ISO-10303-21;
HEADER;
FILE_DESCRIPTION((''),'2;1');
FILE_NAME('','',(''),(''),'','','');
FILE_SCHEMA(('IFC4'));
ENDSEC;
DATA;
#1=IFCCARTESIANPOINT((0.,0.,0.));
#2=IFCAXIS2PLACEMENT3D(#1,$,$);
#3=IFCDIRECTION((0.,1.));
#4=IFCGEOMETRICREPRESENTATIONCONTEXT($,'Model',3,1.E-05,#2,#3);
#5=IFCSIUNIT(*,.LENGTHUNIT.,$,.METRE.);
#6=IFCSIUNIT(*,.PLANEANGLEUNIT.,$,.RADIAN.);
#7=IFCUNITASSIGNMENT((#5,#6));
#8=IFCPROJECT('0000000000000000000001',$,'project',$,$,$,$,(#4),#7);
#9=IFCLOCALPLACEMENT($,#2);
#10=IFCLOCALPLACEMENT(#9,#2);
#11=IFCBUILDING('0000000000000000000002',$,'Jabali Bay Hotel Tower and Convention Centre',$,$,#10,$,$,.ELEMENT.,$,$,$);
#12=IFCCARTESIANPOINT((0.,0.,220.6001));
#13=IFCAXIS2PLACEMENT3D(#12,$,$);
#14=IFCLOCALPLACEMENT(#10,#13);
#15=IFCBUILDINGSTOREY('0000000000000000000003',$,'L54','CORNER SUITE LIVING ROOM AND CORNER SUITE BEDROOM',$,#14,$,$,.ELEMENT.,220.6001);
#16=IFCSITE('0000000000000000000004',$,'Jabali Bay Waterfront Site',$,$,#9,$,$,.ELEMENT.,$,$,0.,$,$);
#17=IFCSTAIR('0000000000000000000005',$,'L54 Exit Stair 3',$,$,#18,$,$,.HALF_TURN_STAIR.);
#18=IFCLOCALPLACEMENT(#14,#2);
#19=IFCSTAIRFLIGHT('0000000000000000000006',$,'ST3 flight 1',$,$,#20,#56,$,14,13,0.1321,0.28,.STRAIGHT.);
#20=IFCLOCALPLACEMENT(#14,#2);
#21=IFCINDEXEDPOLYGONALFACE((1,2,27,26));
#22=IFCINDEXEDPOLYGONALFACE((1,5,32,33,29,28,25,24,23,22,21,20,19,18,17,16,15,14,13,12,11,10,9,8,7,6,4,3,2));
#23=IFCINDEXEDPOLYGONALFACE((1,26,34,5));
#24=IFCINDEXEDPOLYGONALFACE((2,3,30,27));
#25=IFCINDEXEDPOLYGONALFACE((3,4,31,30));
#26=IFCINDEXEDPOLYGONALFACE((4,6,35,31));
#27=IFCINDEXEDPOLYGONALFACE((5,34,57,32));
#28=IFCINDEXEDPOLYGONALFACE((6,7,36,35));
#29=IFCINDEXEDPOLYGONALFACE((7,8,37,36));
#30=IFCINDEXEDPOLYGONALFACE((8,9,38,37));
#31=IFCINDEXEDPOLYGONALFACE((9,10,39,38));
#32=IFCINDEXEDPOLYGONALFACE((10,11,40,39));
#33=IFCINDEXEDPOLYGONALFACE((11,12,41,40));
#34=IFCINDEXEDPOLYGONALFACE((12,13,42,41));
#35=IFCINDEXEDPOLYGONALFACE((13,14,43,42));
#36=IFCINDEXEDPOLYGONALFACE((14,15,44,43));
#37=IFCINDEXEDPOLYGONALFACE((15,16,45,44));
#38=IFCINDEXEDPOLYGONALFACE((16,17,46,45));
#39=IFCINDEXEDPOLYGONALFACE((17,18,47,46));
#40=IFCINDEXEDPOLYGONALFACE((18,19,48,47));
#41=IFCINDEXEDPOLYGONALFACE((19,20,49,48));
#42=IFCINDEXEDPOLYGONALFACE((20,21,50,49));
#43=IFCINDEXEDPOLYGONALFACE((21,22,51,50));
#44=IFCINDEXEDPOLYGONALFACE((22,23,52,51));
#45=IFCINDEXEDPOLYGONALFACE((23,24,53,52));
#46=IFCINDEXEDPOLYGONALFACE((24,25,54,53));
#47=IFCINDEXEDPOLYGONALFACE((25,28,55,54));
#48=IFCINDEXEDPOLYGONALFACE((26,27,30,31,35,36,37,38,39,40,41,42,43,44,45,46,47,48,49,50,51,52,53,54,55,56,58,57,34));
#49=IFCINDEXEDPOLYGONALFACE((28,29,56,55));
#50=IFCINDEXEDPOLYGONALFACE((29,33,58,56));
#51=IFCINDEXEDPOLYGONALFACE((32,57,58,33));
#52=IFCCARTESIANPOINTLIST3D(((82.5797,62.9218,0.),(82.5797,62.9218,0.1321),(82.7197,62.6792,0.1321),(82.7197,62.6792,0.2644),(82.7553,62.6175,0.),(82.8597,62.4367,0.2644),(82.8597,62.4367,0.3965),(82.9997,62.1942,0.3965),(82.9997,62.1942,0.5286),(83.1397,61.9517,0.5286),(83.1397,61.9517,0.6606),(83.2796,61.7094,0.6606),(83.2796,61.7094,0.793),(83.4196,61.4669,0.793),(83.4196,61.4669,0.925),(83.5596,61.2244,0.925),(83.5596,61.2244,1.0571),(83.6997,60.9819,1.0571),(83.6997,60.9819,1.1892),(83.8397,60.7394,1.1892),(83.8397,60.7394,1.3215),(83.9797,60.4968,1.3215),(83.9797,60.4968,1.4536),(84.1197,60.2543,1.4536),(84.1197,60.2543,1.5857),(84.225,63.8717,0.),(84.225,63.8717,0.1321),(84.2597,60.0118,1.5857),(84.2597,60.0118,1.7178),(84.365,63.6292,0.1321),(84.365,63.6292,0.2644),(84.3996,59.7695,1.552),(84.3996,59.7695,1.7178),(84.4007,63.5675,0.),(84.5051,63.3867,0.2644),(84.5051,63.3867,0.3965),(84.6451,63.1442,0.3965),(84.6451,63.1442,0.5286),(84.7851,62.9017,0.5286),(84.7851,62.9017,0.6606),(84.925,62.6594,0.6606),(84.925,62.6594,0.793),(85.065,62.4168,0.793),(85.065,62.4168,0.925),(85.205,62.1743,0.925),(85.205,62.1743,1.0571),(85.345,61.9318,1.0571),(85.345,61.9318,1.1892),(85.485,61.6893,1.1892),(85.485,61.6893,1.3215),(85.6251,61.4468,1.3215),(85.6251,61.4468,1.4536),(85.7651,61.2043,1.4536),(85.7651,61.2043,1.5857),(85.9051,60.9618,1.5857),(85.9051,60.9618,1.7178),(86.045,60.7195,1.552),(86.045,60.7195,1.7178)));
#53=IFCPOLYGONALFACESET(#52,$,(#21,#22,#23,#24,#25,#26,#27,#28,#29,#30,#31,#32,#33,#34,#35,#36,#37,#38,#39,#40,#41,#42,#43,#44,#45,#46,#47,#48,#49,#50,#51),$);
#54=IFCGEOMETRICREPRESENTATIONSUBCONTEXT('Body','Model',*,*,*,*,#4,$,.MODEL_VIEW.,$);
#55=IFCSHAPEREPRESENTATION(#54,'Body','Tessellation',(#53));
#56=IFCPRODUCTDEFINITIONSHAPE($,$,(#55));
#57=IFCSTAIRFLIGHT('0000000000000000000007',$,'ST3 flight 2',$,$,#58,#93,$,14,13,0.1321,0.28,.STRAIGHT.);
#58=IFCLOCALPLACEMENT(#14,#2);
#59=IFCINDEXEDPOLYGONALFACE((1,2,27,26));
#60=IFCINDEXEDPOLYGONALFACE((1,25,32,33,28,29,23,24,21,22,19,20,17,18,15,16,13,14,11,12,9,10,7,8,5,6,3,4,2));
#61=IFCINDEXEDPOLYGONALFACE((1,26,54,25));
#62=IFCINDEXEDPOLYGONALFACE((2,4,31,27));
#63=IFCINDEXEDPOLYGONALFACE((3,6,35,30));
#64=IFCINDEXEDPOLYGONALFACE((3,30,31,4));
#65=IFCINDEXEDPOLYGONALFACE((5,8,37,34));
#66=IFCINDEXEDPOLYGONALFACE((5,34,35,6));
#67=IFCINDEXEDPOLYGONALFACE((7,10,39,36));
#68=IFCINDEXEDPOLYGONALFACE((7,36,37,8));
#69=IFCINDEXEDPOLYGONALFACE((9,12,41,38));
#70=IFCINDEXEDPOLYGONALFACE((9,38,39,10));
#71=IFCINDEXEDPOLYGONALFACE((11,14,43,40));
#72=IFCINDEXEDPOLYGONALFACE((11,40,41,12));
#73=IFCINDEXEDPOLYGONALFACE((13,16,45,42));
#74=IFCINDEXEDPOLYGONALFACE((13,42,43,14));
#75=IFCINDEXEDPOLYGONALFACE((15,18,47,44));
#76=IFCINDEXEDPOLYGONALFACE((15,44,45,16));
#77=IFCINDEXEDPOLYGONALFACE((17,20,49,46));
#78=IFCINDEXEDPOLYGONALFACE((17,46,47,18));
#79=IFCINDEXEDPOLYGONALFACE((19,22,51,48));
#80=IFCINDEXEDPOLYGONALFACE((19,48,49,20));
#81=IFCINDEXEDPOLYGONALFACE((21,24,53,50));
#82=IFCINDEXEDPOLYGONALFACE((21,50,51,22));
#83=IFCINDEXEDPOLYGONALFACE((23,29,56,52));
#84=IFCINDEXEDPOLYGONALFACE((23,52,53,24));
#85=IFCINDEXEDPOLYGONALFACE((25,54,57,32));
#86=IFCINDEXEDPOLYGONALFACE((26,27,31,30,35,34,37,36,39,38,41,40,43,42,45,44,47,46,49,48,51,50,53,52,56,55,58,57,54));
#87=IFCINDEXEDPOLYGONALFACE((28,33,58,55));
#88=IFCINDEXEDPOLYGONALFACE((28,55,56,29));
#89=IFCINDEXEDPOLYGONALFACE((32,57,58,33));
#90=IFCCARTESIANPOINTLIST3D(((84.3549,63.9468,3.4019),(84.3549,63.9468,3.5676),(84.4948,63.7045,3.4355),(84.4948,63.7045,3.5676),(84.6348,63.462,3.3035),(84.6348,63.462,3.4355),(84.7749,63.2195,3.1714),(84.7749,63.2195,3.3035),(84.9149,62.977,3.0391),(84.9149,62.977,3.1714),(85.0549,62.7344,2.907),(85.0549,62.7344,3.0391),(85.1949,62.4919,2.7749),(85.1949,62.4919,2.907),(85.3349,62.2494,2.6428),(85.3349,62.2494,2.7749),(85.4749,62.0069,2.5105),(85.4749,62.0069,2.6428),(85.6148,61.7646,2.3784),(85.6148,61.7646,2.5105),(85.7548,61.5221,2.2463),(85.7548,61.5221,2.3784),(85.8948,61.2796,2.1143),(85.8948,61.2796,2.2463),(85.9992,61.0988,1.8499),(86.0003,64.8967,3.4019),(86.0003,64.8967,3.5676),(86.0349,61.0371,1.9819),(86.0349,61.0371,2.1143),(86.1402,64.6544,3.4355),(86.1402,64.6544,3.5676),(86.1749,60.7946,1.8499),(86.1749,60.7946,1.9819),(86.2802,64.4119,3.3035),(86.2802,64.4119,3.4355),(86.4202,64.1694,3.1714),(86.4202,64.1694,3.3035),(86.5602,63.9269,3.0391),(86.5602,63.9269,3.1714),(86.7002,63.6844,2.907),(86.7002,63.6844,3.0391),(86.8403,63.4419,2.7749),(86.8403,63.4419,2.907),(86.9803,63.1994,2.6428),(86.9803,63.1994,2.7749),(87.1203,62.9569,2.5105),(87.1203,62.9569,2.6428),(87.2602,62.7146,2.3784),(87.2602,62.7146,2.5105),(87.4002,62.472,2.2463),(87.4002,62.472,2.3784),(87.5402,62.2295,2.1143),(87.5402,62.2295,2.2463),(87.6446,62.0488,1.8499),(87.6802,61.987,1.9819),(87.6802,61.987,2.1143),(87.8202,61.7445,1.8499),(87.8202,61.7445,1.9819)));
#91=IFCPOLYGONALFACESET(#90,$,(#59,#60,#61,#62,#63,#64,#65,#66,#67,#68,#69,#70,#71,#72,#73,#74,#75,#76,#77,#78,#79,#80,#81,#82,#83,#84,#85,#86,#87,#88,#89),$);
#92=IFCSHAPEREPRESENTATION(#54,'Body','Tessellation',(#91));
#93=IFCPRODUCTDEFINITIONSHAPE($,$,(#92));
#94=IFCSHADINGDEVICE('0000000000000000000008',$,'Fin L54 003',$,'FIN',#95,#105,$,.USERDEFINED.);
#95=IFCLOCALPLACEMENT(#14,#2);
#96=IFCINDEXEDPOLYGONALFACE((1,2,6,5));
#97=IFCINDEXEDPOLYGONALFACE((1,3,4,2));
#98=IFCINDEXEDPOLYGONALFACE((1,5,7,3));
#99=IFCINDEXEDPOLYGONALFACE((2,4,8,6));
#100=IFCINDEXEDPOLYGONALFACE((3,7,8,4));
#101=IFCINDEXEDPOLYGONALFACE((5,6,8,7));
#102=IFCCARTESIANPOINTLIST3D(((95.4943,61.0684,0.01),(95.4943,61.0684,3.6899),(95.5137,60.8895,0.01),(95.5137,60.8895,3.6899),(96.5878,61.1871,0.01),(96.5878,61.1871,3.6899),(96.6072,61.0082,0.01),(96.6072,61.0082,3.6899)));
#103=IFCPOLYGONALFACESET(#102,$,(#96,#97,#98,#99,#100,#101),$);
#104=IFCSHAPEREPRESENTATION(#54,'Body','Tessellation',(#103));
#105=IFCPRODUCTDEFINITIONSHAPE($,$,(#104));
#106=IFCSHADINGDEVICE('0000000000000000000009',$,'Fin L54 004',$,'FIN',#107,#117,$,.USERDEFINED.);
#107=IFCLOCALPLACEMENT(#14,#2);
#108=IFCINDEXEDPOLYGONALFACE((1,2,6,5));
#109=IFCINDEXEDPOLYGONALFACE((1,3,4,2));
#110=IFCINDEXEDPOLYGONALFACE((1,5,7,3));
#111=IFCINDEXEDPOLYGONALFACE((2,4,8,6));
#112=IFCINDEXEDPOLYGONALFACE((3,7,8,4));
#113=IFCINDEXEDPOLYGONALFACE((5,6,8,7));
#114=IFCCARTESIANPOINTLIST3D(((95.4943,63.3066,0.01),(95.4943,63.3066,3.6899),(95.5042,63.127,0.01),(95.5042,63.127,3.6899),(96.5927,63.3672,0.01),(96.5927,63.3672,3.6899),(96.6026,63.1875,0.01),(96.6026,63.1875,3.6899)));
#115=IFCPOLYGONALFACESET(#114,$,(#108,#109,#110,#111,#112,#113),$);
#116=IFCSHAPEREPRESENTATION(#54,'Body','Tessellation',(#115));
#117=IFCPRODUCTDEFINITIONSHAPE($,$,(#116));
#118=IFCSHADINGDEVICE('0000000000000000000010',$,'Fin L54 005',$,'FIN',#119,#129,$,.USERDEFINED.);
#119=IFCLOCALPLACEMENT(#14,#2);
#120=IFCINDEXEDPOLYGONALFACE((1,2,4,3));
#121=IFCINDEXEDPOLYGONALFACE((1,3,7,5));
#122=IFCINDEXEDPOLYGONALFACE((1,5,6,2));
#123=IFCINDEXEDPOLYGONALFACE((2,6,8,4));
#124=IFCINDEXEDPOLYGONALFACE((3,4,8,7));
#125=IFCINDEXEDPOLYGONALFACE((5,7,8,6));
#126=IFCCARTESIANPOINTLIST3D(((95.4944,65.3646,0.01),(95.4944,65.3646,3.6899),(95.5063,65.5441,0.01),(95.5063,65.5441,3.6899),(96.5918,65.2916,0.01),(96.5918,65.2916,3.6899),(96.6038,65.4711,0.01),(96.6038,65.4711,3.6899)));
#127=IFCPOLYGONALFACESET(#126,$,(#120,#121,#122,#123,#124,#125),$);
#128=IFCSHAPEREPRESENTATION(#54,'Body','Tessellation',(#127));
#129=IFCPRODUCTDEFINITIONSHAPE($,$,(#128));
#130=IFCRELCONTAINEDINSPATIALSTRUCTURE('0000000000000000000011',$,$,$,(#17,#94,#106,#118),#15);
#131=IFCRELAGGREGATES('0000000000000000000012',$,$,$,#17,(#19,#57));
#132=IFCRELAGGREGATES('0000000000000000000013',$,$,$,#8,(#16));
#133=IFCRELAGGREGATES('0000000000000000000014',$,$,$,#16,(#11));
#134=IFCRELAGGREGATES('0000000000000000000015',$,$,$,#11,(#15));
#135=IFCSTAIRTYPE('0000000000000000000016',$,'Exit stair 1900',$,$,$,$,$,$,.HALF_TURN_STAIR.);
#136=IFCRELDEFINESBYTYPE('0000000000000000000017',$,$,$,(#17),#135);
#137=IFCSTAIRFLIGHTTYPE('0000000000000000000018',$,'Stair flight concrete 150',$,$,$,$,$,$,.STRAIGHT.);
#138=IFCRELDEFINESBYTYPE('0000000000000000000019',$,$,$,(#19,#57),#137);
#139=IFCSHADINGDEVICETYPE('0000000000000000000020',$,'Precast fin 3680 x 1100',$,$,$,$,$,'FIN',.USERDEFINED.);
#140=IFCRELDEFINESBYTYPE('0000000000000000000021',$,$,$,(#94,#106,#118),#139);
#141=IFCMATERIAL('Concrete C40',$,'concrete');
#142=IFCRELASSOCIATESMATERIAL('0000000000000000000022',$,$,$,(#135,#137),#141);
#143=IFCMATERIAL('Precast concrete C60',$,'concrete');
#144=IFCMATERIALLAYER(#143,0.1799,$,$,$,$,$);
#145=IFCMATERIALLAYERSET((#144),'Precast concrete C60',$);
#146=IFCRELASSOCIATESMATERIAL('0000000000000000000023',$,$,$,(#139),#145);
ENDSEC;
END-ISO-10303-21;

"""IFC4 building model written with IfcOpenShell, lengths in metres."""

from ifc_helpers import new_model, si_unit, direction, frame, frame_2d, origin, place, context, subcontext, project, spatial, polyline, rectangle, outline, extrude, material, layer, layer_set, type_object, element, aggregate, save


model = new_model("IFC4")

# Units and contexts
model_context = context("Model", 3, precision=1e-05, world=origin(), true_north=direction((0.0, 1.0)))
body_context = subcontext(model_context, "Body", "Model", "MODEL_VIEW")
ifc_project = project(units=[si_unit("LENGTHUNIT", "METRE"), si_unit("PLANEANGLEUNIT", "RADIAN")], contexts=[model_context])

# Site, building, storey
site_placement = place(None, origin())
site = spatial("IfcSite", under=ifc_project, at=site_placement, Name="Jabali Bay Waterfront Site", CompositionType="ELEMENT", RefElevation=0.0)
building_placement = place(site_placement, origin())
building = spatial("IfcBuilding", under=site, at=building_placement, Name="Jabali Bay Hotel Tower and Convention Centre", CompositionType="ELEMENT")
storey_placement = place(building_placement, frame((0.0, 0.0, 220.6001)))
storey = spatial("IfcBuildingStorey", under=building, at=storey_placement, Name="L54", Description="CORNER SUITE LIVING ROOM AND CORNER SUITE BEDROOM", CompositionType="ELEMENT", Elevation=220.6001)

# Shared definitions
ifc_material_1 = material(Name="Concrete C40", Category="concrete")

# Stair, stair flights
stair_type = type_object("IfcStairType", Name="Exit stair 1900", PredefinedType="HALF_TURN_STAIR", material=ifc_material_1)
stair_placement = place(storey_placement, origin())
stair = element("IfcStair", 1, at=stair_placement, inside=storey, type_object=stair_type, Name="L54 Exit Stair 3", PredefinedType="HALF_TURN_STAIR")
stair_flight_type = type_object("IfcStairFlightType", Name="Stair flight concrete 150", PredefinedType="STRAIGHT", material=ifc_material_1)
stair_flight_1_placement = place(storey_placement, frame((83.4023, 63.3967, 0.0), z_axis=(0.0, 0.0, 1.0), x_axis=(0.5, -0.866025, 0.0)))
stair_flight_1 = element("IfcStairFlight", 2, at=stair_flight_1_placement, type_object=stair_flight_type, Name="ST3 flight 1", NumberOfRisers=14, NumberOfTreads=13, PredefinedType="STRAIGHT", RiserHeight=0.1321, TreadLength=0.28, context=body_context, shape_type="SweptSolid", body=[
    extrude(outline(polyline([(0.0, 0.0), (0.0, 0.1321), (0.28, 0.1321), (0.28, 0.2644), (0.5601, 0.2644), (0.5601, 0.3965), (0.8401, 0.3965), (0.8401, 0.5286), (1.1201, 0.5286), (1.1201, 0.6606), (1.3999, 0.6606), (1.3999, 0.793), (1.6799, 0.793), (1.6799, 0.925), (1.96, 0.925), (1.96, 1.0571), (2.24, 1.0571), (2.24, 1.1892), (2.52, 1.1892), (2.52, 1.3215), (2.8, 1.3215), (2.8, 1.4536), (3.0801, 1.4536), (3.0801, 1.5857), (3.3601, 1.5857), (3.3601, 1.7178), (3.6399, 1.7178), (3.6399, 1.8501), (3.6399, 1.552), (0.3513, 0.0), (0.0, 0.0)])), frame((0.0, 0.95, 0.0), z_axis=(0.0, -1.0, 0.0), x_axis=(1.0, 0.0, 0.0)), (0.0, 0.0, 1.0), 1.8999),
])
stair_flight_2_placement = place(storey_placement, frame((86.9976, 61.2695, 1.8499), z_axis=(0.0, 0.0, 1.0), x_axis=(-0.5, 0.866025, 0.0)))
stair_flight_2 = element("IfcStairFlight", 3, at=stair_flight_2_placement, type_object=stair_flight_type, Name="ST3 flight 2", NumberOfRisers=14, NumberOfTreads=13, PredefinedType="STRAIGHT", RiserHeight=0.1321, TreadLength=0.28, context=body_context, shape_type="SweptSolid", body=[
    extrude(outline(polyline([(0.0, 0.0), (0.0, 0.1321), (0.28, 0.1321), (0.28, 0.2644), (0.5601, 0.2644), (0.5601, 0.3965), (0.8401, 0.3965), (0.8401, 0.5286), (1.1201, 0.5286), (1.1201, 0.6606), (1.3999, 0.6606), (1.3999, 0.793), (1.6799, 0.793), (1.6799, 0.925), (1.96, 0.925), (1.96, 1.0571), (2.24, 1.0571), (2.24, 1.1892), (2.52, 1.1892), (2.52, 1.3215), (2.8, 1.3215), (2.8, 1.4536), (3.0801, 1.4536), (3.0801, 1.5857), (3.3601, 1.5857), (3.3601, 1.7178), (3.6399, 1.7178), (3.6399, 1.8501), (3.6399, 1.552), (0.3513, 0.0), (0.0, 0.0)])), frame((0.0, 0.95, 0.0), z_axis=(0.0, -1.0, 0.0), x_axis=(1.0, 0.0, 0.0)), (0.0, 0.0, 1.0), 1.8999),
])
aggregate(stair, [stair_flight_1, stair_flight_2])

# Shading devices
ifc_material_2 = material(Name="Precast concrete C60", Category="concrete")
ifc_layer_1 = layer(ifc_material_2, 0.1799)
ifc_layer_set_1 = layer_set([ifc_layer_1], Name="Precast concrete C60")
shading_device_type = type_object("IfcShadingDeviceType", Name="Precast fin 3680 x 1100", ElementType="FIN", PredefinedType="USERDEFINED", material=ifc_layer_set_1)
shading_device_1_placement = place(storey_placement, frame((95.5042, 60.979, 0.01), z_axis=(0.0, 0.0, 1.0), x_axis=(0.994165, 0.107873, 0.0)))
element("IfcShadingDevice", 4, at=shading_device_1_placement, inside=storey, type_object=shading_device_type, Name="Fin L54 003", ObjectType="FIN", PredefinedType="USERDEFINED", context=body_context, shape_type="SweptSolid", body=[
    extrude(rectangle(XDim=1.0999, YDim=0.1799, at=frame_2d((0.5498, 0.0))), origin(), (0.0, 0.0, 1.0), 3.6799),
])
shading_device_2_placement = place(storey_placement, frame((95.4993, 63.2168, 0.01), z_axis=(0.0, 0.0, 1.0), x_axis=(0.998484, 0.05504, 0.0)))
element("IfcShadingDevice", 5, at=shading_device_2_placement, inside=storey, type_object=shading_device_type, Name="Fin L54 004", ObjectType="FIN", PredefinedType="USERDEFINED", context=body_context, shape_type="SweptSolid", body=[
    extrude(rectangle(XDim=1.1001, YDim=0.1799, at=frame_2d((0.55, 0.0))), origin(), (0.0, 0.0, 1.0), 3.6799),
])
shading_device_3_placement = place(storey_placement, frame((95.5005, 65.4543, 0.01), z_axis=(0.0, 0.0, 1.0), x_axis=(0.997795, -0.066372, 0.0)))
element("IfcShadingDevice", 6, at=shading_device_3_placement, inside=storey, type_object=shading_device_type, Name="Fin L54 005", ObjectType="FIN", PredefinedType="USERDEFINED", context=body_context, shape_type="SweptSolid", body=[
    extrude(rectangle(XDim=1.0999, YDim=0.1799, at=frame_2d((0.5498, 0.0))), origin(), (0.0, 0.0, 1.0), 3.6799),
])

save(model, "model.ifc")
